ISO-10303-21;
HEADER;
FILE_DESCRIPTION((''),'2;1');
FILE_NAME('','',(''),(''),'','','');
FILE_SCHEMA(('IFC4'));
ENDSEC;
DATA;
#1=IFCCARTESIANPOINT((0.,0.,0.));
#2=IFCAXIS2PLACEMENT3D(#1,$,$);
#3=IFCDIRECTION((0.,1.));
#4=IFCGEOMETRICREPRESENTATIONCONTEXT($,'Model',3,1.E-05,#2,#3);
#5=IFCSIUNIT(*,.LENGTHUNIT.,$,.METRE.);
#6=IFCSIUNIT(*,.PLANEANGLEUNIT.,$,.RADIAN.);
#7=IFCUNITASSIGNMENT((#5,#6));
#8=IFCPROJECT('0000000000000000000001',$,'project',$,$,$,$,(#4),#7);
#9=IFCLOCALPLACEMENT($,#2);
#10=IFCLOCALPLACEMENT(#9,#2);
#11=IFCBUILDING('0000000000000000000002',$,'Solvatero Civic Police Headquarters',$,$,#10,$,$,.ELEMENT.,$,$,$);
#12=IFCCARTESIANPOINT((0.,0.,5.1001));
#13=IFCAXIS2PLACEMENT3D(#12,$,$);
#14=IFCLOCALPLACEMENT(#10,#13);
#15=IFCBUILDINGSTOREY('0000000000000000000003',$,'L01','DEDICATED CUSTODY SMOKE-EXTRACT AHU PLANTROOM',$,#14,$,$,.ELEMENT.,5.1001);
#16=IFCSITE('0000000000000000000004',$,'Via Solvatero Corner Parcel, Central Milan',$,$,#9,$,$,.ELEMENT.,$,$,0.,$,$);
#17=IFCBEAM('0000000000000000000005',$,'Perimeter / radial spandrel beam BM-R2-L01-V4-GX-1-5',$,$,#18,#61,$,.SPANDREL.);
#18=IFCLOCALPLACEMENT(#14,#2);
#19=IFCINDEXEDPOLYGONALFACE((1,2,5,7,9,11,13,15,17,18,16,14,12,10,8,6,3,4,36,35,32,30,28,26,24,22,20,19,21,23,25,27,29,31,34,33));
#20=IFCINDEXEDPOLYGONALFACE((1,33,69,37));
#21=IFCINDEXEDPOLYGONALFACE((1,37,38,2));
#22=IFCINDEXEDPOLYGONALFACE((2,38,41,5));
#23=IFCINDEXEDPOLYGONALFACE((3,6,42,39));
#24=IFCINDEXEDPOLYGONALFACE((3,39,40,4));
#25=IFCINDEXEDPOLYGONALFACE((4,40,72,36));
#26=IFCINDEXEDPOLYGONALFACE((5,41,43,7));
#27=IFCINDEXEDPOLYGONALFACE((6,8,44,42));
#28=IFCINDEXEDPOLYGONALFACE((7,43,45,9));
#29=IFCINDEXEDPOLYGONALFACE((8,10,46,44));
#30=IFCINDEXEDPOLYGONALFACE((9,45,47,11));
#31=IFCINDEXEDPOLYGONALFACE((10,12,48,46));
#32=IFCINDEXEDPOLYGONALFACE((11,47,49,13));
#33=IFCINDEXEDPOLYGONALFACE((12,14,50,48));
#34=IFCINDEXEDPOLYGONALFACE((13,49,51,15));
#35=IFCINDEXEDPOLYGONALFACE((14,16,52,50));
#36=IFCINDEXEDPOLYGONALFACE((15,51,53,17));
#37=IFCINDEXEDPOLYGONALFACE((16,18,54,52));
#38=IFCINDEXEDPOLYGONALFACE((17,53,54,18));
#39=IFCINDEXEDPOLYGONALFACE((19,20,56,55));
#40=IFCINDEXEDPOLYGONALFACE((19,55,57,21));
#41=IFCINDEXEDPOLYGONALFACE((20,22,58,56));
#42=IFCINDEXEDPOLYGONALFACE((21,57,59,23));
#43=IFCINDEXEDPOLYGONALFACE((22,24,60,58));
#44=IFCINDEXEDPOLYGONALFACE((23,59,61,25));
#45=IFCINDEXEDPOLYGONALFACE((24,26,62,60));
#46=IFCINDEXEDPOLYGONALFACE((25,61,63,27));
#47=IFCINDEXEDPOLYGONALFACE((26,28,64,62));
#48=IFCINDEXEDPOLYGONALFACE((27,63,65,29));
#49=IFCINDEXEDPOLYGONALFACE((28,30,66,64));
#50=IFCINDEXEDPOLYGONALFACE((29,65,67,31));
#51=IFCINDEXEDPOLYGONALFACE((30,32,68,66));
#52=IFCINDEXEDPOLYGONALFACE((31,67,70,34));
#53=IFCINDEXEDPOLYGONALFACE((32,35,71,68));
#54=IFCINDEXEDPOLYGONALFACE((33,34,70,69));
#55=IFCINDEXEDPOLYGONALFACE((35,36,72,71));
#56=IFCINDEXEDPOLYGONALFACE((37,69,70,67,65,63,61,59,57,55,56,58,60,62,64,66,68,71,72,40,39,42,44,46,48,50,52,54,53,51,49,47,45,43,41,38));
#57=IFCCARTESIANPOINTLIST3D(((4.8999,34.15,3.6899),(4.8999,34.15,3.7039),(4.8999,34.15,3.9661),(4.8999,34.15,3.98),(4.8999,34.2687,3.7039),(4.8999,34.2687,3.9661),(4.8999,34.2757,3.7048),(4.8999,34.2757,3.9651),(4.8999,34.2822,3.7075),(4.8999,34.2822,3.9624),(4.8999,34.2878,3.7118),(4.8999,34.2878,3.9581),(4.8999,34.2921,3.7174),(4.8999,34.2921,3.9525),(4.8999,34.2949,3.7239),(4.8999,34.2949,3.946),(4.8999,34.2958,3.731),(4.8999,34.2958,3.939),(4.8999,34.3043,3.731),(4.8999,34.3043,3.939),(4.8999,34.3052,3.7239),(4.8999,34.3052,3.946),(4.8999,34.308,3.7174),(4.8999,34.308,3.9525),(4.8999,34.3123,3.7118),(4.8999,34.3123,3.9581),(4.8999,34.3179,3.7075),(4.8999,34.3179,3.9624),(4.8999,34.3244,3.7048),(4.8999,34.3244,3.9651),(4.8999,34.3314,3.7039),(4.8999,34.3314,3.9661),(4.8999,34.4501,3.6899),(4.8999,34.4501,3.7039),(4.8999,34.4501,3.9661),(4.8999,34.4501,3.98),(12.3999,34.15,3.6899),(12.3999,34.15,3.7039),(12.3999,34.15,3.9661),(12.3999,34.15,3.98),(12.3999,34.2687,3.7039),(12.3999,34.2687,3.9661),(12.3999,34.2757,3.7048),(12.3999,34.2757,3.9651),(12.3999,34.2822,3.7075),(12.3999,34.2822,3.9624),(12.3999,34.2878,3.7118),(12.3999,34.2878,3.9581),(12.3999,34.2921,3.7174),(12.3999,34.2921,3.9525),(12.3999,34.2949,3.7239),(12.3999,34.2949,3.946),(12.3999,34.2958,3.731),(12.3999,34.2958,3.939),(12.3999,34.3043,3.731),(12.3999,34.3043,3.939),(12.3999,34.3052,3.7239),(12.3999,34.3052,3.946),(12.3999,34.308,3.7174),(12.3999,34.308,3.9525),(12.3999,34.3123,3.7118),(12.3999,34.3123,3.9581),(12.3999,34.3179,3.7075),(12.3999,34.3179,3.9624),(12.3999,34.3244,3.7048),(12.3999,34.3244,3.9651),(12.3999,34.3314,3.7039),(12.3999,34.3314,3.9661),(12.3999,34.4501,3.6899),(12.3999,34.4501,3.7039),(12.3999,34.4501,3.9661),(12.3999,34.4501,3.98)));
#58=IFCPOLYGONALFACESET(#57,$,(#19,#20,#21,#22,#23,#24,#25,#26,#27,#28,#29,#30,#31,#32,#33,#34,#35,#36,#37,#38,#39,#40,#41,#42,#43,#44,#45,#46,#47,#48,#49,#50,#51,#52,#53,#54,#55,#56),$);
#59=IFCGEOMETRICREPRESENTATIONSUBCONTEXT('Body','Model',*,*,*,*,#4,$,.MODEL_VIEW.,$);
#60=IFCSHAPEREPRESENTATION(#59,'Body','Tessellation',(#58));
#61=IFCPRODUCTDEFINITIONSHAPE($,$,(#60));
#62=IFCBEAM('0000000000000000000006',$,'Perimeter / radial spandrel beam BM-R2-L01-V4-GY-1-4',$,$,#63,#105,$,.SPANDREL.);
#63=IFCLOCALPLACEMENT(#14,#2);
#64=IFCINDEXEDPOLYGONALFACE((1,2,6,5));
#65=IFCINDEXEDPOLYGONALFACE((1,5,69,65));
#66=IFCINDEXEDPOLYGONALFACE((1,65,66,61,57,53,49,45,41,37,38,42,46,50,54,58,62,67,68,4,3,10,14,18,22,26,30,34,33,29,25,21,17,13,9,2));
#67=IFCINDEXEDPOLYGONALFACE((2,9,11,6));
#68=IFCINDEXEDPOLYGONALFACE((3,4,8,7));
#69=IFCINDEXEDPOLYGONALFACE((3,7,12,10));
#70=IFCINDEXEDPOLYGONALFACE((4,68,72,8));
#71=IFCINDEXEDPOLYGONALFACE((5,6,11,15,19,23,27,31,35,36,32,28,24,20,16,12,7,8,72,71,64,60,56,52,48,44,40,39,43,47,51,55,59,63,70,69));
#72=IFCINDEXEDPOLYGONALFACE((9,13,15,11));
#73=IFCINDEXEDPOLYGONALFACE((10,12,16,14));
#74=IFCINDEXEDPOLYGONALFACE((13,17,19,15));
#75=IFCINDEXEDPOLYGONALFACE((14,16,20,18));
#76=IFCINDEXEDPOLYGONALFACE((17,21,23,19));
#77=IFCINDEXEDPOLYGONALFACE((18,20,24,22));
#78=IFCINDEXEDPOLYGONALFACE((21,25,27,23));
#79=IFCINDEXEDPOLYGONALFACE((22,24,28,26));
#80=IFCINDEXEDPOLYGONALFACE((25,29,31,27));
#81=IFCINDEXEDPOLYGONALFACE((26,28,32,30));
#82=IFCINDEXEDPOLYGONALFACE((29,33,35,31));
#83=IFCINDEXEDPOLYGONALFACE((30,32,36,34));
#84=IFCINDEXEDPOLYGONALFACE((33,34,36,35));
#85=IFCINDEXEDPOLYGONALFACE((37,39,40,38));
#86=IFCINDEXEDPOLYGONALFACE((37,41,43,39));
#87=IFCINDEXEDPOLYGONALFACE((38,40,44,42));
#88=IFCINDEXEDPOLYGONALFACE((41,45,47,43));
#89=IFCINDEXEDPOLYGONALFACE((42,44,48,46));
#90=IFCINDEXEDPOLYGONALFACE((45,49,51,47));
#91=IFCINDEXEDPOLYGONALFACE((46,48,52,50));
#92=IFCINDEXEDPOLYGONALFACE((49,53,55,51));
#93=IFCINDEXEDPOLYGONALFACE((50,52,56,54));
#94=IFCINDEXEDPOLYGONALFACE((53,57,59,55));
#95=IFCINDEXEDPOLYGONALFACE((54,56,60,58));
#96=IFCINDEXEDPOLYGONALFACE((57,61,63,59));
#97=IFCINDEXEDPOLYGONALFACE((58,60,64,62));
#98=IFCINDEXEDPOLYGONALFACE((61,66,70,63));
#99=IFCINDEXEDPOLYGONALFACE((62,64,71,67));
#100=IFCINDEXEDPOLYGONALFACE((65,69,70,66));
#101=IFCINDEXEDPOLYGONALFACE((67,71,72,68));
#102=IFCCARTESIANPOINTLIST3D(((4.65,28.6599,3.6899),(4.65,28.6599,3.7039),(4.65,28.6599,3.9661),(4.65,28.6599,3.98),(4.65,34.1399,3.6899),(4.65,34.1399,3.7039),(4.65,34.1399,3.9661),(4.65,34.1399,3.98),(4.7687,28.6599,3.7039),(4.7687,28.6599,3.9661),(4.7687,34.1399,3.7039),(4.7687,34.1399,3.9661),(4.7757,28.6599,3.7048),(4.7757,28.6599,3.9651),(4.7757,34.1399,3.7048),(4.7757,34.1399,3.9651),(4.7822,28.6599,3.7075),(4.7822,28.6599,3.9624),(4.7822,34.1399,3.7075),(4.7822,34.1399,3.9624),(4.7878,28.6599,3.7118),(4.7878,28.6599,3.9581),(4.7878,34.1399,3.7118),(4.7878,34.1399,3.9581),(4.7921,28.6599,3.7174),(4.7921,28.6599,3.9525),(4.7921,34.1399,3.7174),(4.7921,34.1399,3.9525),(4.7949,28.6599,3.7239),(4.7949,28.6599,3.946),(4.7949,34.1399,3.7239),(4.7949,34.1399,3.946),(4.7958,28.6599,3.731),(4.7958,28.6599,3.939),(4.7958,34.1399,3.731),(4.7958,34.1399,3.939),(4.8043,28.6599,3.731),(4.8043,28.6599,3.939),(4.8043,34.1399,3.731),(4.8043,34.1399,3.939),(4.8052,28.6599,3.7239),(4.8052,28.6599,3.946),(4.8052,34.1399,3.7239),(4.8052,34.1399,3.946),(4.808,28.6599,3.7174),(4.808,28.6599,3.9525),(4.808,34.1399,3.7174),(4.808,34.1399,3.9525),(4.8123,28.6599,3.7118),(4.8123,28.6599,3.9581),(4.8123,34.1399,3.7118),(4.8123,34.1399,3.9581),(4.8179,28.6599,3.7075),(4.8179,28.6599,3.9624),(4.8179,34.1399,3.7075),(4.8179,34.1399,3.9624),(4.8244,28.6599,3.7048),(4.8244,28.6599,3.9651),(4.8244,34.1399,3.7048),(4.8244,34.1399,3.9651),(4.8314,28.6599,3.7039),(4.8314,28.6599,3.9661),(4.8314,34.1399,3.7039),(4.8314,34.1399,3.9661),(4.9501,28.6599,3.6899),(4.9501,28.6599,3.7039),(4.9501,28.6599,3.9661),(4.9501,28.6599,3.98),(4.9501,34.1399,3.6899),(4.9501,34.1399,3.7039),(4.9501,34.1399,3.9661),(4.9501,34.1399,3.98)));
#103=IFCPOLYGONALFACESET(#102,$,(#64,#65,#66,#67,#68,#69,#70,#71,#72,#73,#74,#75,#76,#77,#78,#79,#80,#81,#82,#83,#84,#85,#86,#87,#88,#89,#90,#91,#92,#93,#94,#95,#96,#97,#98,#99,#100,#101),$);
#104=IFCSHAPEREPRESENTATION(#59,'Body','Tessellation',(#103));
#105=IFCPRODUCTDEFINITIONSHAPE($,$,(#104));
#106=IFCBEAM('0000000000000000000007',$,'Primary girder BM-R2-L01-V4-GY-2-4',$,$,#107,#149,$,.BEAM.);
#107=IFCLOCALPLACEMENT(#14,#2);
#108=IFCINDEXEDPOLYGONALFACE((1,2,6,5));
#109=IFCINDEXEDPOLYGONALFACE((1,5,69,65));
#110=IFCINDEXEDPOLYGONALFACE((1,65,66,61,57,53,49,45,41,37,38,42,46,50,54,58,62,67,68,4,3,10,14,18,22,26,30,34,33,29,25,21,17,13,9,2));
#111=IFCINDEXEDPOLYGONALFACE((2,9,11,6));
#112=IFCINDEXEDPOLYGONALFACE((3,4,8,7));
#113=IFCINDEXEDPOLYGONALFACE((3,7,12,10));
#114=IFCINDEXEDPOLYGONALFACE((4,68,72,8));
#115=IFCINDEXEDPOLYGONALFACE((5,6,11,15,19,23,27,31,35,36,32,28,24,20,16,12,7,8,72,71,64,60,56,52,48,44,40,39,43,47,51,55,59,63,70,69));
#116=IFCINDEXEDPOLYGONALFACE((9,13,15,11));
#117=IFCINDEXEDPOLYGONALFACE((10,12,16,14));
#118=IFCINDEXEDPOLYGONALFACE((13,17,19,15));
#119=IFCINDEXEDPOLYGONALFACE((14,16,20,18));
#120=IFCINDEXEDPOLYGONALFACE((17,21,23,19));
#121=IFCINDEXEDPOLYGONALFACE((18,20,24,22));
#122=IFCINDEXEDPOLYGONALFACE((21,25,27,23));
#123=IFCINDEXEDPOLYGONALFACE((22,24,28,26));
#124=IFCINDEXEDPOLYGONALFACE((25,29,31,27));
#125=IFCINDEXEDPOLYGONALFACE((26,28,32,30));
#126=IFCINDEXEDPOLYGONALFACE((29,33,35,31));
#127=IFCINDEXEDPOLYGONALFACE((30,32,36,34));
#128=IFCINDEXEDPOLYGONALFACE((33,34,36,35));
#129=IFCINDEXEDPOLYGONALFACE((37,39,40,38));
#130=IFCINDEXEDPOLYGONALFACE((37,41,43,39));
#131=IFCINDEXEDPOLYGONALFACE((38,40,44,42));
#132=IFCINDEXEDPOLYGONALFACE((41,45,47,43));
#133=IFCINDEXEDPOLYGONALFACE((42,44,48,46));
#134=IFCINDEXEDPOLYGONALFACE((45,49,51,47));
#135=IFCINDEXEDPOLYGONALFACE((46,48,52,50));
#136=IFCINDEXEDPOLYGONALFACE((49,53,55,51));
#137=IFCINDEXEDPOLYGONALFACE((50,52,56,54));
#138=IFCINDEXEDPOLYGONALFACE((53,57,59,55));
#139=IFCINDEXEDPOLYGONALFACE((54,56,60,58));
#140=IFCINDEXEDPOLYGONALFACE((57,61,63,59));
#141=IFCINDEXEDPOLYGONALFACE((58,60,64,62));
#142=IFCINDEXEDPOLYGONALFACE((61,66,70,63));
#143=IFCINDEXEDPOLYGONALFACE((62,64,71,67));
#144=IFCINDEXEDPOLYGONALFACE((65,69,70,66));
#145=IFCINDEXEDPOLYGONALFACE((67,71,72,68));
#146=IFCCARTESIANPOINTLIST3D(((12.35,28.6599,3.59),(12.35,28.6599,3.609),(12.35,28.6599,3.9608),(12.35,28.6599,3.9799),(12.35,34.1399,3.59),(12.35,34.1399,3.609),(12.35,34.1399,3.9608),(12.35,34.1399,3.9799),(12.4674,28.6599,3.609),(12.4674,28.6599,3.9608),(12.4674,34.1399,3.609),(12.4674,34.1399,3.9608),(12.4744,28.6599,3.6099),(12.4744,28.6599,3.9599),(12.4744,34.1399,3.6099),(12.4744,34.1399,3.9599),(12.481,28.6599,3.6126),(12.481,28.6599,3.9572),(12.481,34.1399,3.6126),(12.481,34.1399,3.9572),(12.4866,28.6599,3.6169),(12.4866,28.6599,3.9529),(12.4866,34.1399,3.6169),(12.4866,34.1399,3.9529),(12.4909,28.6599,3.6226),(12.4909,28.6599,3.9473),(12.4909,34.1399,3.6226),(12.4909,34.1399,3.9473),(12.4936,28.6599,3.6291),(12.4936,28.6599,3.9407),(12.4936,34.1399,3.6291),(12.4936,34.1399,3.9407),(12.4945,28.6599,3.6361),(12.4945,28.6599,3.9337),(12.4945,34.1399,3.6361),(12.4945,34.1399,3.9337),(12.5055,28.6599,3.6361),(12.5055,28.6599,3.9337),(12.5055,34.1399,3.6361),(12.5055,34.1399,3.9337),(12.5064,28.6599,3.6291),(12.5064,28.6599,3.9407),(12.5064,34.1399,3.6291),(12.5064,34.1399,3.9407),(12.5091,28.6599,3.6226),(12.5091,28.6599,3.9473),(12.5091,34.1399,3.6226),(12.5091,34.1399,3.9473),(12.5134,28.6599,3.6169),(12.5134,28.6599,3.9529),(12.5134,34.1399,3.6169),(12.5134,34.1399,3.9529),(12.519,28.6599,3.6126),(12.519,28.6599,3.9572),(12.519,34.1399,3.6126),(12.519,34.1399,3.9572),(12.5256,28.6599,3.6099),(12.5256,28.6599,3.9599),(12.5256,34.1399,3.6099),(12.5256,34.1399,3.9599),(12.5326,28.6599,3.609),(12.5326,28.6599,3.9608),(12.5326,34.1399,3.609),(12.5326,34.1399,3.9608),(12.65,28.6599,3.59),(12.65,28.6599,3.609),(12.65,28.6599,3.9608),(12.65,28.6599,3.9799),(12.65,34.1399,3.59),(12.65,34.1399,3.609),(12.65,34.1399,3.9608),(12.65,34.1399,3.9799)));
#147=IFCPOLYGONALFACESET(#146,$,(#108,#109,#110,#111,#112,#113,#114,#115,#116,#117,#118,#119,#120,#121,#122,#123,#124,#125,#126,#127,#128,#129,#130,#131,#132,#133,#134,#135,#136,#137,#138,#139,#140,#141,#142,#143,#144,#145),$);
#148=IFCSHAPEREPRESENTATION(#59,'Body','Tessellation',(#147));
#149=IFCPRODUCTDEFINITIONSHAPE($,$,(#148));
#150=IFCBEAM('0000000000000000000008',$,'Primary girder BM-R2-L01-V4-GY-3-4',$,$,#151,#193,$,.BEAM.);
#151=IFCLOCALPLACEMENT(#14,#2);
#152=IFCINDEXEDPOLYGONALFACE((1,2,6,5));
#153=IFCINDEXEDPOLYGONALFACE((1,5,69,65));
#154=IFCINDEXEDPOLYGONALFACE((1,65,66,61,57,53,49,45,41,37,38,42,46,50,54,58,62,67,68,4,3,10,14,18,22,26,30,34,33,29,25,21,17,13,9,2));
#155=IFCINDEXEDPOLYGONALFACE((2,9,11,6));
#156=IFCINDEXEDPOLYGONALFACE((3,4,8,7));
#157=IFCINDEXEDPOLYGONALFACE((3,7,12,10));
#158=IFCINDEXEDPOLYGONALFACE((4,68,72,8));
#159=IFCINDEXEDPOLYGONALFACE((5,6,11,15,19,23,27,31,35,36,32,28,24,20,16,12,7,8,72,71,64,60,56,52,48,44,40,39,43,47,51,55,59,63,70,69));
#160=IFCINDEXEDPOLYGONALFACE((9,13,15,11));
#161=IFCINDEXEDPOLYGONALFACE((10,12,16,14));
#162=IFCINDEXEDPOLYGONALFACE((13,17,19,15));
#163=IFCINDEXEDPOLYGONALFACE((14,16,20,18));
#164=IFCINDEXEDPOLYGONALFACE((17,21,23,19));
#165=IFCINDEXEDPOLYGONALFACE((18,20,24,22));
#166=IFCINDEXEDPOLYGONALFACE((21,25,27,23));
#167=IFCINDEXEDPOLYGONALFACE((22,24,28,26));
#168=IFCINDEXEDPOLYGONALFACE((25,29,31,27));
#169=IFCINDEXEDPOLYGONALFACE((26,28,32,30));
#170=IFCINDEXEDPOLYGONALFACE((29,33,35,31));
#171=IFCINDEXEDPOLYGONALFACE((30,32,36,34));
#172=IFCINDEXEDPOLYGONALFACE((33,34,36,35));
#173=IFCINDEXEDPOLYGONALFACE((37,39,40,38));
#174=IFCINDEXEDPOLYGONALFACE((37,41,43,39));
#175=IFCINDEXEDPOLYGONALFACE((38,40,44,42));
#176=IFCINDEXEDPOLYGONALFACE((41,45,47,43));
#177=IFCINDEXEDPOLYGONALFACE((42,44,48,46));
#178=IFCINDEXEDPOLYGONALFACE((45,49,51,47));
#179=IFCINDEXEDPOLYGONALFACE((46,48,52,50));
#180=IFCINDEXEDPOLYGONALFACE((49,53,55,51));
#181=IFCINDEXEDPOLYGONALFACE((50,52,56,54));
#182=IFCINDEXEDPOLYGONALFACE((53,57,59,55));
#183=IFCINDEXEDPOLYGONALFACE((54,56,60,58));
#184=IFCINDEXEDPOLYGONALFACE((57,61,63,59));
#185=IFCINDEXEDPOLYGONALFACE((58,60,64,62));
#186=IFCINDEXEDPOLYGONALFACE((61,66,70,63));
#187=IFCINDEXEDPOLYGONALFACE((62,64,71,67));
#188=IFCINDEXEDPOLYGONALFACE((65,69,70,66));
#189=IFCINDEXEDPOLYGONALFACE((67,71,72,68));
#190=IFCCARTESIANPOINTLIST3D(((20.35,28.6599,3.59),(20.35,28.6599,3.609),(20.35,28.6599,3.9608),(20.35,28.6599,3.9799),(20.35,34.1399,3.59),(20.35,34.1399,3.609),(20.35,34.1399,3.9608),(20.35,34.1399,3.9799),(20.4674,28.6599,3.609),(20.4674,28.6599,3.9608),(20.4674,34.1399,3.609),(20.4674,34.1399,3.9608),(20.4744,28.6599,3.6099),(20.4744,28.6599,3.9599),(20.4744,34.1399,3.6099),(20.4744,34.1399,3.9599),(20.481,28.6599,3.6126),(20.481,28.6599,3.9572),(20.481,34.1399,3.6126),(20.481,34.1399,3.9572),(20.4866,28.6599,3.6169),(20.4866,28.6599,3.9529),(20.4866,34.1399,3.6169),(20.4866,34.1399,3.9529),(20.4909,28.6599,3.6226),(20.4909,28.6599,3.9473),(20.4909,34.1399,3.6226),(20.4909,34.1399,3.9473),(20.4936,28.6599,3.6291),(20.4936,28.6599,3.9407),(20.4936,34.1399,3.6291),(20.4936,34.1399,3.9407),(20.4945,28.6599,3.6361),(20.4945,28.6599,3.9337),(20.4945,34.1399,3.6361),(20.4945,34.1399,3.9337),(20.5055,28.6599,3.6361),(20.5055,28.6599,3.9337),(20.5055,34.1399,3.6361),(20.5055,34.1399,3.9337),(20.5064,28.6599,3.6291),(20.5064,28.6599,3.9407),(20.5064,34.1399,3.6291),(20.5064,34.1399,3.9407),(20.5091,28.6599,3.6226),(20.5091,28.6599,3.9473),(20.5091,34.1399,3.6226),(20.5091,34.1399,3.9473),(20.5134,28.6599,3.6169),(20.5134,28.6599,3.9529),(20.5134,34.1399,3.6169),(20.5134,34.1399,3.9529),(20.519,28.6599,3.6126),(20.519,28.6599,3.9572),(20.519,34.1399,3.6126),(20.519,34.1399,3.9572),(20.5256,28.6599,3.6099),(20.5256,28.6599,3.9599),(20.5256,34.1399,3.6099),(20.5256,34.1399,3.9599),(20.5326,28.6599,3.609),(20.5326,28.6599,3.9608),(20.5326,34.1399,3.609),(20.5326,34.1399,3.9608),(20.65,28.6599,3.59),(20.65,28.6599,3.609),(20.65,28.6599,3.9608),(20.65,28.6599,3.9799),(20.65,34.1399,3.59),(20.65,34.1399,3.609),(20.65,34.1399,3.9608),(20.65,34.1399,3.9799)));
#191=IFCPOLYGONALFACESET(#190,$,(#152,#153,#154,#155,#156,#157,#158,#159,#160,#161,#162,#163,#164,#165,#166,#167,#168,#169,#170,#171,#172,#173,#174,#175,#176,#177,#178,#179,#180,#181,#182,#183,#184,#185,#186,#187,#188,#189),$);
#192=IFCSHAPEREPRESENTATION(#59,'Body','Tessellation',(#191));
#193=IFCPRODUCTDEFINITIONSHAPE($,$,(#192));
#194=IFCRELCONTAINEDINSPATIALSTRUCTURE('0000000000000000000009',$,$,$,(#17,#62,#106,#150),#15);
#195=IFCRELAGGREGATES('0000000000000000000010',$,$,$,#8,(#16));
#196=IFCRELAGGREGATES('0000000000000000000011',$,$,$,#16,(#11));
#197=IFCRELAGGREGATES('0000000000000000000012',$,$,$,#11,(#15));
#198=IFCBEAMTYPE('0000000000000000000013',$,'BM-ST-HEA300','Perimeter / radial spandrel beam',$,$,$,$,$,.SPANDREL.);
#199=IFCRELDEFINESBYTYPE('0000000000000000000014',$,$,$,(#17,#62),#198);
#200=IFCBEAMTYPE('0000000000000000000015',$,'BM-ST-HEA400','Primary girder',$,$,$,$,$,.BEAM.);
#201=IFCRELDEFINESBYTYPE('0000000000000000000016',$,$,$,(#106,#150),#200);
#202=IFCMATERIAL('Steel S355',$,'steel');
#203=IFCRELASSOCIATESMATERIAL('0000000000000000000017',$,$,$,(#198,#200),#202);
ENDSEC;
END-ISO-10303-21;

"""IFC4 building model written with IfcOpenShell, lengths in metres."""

from ifc_helpers import new_model, si_unit, direction, frame, origin, origin_2d, place, context, subcontext, project, spatial, i_section, extrude, material, material_profile, profile_set, type_object, element, save


model = new_model("IFC4")

# Units and contexts
model_context = context("Model", 3, precision=1e-05, world=origin(), true_north=direction((0.0, 1.0)))
body_context = subcontext(model_context, "Body", "Model", "MODEL_VIEW")
ifc_project = project(units=[si_unit("LENGTHUNIT", "METRE"), si_unit("PLANEANGLEUNIT", "RADIAN")], contexts=[model_context])

# Site, building, storey
site_placement = place(None, origin())
site = spatial("IfcSite", under=ifc_project, at=site_placement, Name="Via Solvatero Corner Parcel, Central Milan", CompositionType="ELEMENT", RefElevation=0.0)
building_placement = place(site_placement, origin())
building = spatial("IfcBuilding", under=site, at=building_placement, Name="Solvatero Civic Police Headquarters", CompositionType="ELEMENT")
storey_placement = place(building_placement, frame((0.0, 0.0, 5.1001)))
storey = spatial("IfcBuildingStorey", under=building, at=storey_placement, Name="L01", Description="DEDICATED CUSTODY SMOKE-EXTRACT AHU PLANTROOM", CompositionType="ELEMENT", Elevation=5.1001)

# Shared definitions
ifc_material_1 = material(Name="Steel S355", Category="steel")

# Beams
ifc_material_profile_1 = material_profile(ifc_material_1, i_section(OverallWidth=0.3, OverallDepth=0.29, WebThickness=0.0085, FlangeThickness=0.0139, FilletRadius=0.0271, at=origin_2d()), Name="HEA 300")
ifc_profile_set_1 = profile_set([ifc_material_profile_1], Name="Steel S355")
beam_type_1 = type_object("IfcBeamType", Name="BM-ST-HEA300", Description="Perimeter / radial spandrel beam", PredefinedType="SPANDREL", material=ifc_profile_set_1)
beam_1_placement = place(storey_placement, frame((4.8999, 34.3, 3.835), z_axis=(1.0, 0.0, 0.0), x_axis=(0.0, 1.0, 0.0)))
element("IfcBeam", 1, at=beam_1_placement, inside=storey, type_object=beam_type_1, Name="Perimeter / radial spandrel beam BM-R2-L01-V4-GX-1-5", PredefinedType="SPANDREL", context=body_context, shape_type="SweptSolid", body=[
    extrude(i_section(OverallWidth=0.3, OverallDepth=0.29, WebThickness=0.0085, FlangeThickness=0.0139, FilletRadius=0.0271, at=origin_2d()), origin(), (0.0, 0.0, 1.0), 7.5),
])
beam_2_placement = place(storey_placement, frame((4.8, 28.6599, 3.835), z_axis=(0.0, 1.0, 0.0), x_axis=(-1.0, 0.0, 0.0)))
element("IfcBeam", 2, at=beam_2_placement, inside=storey, type_object=beam_type_1, Name="Perimeter / radial spandrel beam BM-R2-L01-V4-GY-1-4", PredefinedType="SPANDREL", context=body_context, shape_type="SweptSolid", body=[
    extrude(i_section(OverallWidth=0.3, OverallDepth=0.29, WebThickness=0.0085, FlangeThickness=0.0139, FilletRadius=0.0271, at=origin_2d()), origin(), (0.0, 0.0, 1.0), 5.48),
])
ifc_material_profile_2 = material_profile(ifc_material_1, i_section(OverallWidth=0.3, OverallDepth=0.3899, WebThickness=0.011, FlangeThickness=0.019, FilletRadius=0.0271, at=origin_2d()), Name="HEA 400")
ifc_profile_set_2 = profile_set([ifc_material_profile_2], Name="Steel S355")
beam_type_2 = type_object("IfcBeamType", Name="BM-ST-HEA400", Description="Primary girder", PredefinedType="BEAM", material=ifc_profile_set_2)
for number, where, z_axis, x_axis, name in (
    (3, (12.5, 28.6599, 3.7849), (0.0, 1.0, 0.0), (-1.0, 0.0, 0.0), "Primary girder BM-R2-L01-V4-GY-2-4"),
    (4, (20.5, 28.6599, 3.7849), (0.0, 1.0, 0.0), (-1.0, 0.0, 0.0), "Primary girder BM-R2-L01-V4-GY-3-4"),
):
    element("IfcBeam", number, at=place(storey_placement, frame(where, z_axis=z_axis, x_axis=x_axis)), inside=storey, type_object=beam_type_2, Name=name, PredefinedType="BEAM", context=body_context, shape_type="SweptSolid", body=[
        extrude(i_section(OverallWidth=0.3, OverallDepth=0.3899, WebThickness=0.011, FlangeThickness=0.019, FilletRadius=0.0271, at=origin_2d()), origin(), (0.0, 0.0, 1.0), 5.48),
    ])

save(model, "model.ifc")
